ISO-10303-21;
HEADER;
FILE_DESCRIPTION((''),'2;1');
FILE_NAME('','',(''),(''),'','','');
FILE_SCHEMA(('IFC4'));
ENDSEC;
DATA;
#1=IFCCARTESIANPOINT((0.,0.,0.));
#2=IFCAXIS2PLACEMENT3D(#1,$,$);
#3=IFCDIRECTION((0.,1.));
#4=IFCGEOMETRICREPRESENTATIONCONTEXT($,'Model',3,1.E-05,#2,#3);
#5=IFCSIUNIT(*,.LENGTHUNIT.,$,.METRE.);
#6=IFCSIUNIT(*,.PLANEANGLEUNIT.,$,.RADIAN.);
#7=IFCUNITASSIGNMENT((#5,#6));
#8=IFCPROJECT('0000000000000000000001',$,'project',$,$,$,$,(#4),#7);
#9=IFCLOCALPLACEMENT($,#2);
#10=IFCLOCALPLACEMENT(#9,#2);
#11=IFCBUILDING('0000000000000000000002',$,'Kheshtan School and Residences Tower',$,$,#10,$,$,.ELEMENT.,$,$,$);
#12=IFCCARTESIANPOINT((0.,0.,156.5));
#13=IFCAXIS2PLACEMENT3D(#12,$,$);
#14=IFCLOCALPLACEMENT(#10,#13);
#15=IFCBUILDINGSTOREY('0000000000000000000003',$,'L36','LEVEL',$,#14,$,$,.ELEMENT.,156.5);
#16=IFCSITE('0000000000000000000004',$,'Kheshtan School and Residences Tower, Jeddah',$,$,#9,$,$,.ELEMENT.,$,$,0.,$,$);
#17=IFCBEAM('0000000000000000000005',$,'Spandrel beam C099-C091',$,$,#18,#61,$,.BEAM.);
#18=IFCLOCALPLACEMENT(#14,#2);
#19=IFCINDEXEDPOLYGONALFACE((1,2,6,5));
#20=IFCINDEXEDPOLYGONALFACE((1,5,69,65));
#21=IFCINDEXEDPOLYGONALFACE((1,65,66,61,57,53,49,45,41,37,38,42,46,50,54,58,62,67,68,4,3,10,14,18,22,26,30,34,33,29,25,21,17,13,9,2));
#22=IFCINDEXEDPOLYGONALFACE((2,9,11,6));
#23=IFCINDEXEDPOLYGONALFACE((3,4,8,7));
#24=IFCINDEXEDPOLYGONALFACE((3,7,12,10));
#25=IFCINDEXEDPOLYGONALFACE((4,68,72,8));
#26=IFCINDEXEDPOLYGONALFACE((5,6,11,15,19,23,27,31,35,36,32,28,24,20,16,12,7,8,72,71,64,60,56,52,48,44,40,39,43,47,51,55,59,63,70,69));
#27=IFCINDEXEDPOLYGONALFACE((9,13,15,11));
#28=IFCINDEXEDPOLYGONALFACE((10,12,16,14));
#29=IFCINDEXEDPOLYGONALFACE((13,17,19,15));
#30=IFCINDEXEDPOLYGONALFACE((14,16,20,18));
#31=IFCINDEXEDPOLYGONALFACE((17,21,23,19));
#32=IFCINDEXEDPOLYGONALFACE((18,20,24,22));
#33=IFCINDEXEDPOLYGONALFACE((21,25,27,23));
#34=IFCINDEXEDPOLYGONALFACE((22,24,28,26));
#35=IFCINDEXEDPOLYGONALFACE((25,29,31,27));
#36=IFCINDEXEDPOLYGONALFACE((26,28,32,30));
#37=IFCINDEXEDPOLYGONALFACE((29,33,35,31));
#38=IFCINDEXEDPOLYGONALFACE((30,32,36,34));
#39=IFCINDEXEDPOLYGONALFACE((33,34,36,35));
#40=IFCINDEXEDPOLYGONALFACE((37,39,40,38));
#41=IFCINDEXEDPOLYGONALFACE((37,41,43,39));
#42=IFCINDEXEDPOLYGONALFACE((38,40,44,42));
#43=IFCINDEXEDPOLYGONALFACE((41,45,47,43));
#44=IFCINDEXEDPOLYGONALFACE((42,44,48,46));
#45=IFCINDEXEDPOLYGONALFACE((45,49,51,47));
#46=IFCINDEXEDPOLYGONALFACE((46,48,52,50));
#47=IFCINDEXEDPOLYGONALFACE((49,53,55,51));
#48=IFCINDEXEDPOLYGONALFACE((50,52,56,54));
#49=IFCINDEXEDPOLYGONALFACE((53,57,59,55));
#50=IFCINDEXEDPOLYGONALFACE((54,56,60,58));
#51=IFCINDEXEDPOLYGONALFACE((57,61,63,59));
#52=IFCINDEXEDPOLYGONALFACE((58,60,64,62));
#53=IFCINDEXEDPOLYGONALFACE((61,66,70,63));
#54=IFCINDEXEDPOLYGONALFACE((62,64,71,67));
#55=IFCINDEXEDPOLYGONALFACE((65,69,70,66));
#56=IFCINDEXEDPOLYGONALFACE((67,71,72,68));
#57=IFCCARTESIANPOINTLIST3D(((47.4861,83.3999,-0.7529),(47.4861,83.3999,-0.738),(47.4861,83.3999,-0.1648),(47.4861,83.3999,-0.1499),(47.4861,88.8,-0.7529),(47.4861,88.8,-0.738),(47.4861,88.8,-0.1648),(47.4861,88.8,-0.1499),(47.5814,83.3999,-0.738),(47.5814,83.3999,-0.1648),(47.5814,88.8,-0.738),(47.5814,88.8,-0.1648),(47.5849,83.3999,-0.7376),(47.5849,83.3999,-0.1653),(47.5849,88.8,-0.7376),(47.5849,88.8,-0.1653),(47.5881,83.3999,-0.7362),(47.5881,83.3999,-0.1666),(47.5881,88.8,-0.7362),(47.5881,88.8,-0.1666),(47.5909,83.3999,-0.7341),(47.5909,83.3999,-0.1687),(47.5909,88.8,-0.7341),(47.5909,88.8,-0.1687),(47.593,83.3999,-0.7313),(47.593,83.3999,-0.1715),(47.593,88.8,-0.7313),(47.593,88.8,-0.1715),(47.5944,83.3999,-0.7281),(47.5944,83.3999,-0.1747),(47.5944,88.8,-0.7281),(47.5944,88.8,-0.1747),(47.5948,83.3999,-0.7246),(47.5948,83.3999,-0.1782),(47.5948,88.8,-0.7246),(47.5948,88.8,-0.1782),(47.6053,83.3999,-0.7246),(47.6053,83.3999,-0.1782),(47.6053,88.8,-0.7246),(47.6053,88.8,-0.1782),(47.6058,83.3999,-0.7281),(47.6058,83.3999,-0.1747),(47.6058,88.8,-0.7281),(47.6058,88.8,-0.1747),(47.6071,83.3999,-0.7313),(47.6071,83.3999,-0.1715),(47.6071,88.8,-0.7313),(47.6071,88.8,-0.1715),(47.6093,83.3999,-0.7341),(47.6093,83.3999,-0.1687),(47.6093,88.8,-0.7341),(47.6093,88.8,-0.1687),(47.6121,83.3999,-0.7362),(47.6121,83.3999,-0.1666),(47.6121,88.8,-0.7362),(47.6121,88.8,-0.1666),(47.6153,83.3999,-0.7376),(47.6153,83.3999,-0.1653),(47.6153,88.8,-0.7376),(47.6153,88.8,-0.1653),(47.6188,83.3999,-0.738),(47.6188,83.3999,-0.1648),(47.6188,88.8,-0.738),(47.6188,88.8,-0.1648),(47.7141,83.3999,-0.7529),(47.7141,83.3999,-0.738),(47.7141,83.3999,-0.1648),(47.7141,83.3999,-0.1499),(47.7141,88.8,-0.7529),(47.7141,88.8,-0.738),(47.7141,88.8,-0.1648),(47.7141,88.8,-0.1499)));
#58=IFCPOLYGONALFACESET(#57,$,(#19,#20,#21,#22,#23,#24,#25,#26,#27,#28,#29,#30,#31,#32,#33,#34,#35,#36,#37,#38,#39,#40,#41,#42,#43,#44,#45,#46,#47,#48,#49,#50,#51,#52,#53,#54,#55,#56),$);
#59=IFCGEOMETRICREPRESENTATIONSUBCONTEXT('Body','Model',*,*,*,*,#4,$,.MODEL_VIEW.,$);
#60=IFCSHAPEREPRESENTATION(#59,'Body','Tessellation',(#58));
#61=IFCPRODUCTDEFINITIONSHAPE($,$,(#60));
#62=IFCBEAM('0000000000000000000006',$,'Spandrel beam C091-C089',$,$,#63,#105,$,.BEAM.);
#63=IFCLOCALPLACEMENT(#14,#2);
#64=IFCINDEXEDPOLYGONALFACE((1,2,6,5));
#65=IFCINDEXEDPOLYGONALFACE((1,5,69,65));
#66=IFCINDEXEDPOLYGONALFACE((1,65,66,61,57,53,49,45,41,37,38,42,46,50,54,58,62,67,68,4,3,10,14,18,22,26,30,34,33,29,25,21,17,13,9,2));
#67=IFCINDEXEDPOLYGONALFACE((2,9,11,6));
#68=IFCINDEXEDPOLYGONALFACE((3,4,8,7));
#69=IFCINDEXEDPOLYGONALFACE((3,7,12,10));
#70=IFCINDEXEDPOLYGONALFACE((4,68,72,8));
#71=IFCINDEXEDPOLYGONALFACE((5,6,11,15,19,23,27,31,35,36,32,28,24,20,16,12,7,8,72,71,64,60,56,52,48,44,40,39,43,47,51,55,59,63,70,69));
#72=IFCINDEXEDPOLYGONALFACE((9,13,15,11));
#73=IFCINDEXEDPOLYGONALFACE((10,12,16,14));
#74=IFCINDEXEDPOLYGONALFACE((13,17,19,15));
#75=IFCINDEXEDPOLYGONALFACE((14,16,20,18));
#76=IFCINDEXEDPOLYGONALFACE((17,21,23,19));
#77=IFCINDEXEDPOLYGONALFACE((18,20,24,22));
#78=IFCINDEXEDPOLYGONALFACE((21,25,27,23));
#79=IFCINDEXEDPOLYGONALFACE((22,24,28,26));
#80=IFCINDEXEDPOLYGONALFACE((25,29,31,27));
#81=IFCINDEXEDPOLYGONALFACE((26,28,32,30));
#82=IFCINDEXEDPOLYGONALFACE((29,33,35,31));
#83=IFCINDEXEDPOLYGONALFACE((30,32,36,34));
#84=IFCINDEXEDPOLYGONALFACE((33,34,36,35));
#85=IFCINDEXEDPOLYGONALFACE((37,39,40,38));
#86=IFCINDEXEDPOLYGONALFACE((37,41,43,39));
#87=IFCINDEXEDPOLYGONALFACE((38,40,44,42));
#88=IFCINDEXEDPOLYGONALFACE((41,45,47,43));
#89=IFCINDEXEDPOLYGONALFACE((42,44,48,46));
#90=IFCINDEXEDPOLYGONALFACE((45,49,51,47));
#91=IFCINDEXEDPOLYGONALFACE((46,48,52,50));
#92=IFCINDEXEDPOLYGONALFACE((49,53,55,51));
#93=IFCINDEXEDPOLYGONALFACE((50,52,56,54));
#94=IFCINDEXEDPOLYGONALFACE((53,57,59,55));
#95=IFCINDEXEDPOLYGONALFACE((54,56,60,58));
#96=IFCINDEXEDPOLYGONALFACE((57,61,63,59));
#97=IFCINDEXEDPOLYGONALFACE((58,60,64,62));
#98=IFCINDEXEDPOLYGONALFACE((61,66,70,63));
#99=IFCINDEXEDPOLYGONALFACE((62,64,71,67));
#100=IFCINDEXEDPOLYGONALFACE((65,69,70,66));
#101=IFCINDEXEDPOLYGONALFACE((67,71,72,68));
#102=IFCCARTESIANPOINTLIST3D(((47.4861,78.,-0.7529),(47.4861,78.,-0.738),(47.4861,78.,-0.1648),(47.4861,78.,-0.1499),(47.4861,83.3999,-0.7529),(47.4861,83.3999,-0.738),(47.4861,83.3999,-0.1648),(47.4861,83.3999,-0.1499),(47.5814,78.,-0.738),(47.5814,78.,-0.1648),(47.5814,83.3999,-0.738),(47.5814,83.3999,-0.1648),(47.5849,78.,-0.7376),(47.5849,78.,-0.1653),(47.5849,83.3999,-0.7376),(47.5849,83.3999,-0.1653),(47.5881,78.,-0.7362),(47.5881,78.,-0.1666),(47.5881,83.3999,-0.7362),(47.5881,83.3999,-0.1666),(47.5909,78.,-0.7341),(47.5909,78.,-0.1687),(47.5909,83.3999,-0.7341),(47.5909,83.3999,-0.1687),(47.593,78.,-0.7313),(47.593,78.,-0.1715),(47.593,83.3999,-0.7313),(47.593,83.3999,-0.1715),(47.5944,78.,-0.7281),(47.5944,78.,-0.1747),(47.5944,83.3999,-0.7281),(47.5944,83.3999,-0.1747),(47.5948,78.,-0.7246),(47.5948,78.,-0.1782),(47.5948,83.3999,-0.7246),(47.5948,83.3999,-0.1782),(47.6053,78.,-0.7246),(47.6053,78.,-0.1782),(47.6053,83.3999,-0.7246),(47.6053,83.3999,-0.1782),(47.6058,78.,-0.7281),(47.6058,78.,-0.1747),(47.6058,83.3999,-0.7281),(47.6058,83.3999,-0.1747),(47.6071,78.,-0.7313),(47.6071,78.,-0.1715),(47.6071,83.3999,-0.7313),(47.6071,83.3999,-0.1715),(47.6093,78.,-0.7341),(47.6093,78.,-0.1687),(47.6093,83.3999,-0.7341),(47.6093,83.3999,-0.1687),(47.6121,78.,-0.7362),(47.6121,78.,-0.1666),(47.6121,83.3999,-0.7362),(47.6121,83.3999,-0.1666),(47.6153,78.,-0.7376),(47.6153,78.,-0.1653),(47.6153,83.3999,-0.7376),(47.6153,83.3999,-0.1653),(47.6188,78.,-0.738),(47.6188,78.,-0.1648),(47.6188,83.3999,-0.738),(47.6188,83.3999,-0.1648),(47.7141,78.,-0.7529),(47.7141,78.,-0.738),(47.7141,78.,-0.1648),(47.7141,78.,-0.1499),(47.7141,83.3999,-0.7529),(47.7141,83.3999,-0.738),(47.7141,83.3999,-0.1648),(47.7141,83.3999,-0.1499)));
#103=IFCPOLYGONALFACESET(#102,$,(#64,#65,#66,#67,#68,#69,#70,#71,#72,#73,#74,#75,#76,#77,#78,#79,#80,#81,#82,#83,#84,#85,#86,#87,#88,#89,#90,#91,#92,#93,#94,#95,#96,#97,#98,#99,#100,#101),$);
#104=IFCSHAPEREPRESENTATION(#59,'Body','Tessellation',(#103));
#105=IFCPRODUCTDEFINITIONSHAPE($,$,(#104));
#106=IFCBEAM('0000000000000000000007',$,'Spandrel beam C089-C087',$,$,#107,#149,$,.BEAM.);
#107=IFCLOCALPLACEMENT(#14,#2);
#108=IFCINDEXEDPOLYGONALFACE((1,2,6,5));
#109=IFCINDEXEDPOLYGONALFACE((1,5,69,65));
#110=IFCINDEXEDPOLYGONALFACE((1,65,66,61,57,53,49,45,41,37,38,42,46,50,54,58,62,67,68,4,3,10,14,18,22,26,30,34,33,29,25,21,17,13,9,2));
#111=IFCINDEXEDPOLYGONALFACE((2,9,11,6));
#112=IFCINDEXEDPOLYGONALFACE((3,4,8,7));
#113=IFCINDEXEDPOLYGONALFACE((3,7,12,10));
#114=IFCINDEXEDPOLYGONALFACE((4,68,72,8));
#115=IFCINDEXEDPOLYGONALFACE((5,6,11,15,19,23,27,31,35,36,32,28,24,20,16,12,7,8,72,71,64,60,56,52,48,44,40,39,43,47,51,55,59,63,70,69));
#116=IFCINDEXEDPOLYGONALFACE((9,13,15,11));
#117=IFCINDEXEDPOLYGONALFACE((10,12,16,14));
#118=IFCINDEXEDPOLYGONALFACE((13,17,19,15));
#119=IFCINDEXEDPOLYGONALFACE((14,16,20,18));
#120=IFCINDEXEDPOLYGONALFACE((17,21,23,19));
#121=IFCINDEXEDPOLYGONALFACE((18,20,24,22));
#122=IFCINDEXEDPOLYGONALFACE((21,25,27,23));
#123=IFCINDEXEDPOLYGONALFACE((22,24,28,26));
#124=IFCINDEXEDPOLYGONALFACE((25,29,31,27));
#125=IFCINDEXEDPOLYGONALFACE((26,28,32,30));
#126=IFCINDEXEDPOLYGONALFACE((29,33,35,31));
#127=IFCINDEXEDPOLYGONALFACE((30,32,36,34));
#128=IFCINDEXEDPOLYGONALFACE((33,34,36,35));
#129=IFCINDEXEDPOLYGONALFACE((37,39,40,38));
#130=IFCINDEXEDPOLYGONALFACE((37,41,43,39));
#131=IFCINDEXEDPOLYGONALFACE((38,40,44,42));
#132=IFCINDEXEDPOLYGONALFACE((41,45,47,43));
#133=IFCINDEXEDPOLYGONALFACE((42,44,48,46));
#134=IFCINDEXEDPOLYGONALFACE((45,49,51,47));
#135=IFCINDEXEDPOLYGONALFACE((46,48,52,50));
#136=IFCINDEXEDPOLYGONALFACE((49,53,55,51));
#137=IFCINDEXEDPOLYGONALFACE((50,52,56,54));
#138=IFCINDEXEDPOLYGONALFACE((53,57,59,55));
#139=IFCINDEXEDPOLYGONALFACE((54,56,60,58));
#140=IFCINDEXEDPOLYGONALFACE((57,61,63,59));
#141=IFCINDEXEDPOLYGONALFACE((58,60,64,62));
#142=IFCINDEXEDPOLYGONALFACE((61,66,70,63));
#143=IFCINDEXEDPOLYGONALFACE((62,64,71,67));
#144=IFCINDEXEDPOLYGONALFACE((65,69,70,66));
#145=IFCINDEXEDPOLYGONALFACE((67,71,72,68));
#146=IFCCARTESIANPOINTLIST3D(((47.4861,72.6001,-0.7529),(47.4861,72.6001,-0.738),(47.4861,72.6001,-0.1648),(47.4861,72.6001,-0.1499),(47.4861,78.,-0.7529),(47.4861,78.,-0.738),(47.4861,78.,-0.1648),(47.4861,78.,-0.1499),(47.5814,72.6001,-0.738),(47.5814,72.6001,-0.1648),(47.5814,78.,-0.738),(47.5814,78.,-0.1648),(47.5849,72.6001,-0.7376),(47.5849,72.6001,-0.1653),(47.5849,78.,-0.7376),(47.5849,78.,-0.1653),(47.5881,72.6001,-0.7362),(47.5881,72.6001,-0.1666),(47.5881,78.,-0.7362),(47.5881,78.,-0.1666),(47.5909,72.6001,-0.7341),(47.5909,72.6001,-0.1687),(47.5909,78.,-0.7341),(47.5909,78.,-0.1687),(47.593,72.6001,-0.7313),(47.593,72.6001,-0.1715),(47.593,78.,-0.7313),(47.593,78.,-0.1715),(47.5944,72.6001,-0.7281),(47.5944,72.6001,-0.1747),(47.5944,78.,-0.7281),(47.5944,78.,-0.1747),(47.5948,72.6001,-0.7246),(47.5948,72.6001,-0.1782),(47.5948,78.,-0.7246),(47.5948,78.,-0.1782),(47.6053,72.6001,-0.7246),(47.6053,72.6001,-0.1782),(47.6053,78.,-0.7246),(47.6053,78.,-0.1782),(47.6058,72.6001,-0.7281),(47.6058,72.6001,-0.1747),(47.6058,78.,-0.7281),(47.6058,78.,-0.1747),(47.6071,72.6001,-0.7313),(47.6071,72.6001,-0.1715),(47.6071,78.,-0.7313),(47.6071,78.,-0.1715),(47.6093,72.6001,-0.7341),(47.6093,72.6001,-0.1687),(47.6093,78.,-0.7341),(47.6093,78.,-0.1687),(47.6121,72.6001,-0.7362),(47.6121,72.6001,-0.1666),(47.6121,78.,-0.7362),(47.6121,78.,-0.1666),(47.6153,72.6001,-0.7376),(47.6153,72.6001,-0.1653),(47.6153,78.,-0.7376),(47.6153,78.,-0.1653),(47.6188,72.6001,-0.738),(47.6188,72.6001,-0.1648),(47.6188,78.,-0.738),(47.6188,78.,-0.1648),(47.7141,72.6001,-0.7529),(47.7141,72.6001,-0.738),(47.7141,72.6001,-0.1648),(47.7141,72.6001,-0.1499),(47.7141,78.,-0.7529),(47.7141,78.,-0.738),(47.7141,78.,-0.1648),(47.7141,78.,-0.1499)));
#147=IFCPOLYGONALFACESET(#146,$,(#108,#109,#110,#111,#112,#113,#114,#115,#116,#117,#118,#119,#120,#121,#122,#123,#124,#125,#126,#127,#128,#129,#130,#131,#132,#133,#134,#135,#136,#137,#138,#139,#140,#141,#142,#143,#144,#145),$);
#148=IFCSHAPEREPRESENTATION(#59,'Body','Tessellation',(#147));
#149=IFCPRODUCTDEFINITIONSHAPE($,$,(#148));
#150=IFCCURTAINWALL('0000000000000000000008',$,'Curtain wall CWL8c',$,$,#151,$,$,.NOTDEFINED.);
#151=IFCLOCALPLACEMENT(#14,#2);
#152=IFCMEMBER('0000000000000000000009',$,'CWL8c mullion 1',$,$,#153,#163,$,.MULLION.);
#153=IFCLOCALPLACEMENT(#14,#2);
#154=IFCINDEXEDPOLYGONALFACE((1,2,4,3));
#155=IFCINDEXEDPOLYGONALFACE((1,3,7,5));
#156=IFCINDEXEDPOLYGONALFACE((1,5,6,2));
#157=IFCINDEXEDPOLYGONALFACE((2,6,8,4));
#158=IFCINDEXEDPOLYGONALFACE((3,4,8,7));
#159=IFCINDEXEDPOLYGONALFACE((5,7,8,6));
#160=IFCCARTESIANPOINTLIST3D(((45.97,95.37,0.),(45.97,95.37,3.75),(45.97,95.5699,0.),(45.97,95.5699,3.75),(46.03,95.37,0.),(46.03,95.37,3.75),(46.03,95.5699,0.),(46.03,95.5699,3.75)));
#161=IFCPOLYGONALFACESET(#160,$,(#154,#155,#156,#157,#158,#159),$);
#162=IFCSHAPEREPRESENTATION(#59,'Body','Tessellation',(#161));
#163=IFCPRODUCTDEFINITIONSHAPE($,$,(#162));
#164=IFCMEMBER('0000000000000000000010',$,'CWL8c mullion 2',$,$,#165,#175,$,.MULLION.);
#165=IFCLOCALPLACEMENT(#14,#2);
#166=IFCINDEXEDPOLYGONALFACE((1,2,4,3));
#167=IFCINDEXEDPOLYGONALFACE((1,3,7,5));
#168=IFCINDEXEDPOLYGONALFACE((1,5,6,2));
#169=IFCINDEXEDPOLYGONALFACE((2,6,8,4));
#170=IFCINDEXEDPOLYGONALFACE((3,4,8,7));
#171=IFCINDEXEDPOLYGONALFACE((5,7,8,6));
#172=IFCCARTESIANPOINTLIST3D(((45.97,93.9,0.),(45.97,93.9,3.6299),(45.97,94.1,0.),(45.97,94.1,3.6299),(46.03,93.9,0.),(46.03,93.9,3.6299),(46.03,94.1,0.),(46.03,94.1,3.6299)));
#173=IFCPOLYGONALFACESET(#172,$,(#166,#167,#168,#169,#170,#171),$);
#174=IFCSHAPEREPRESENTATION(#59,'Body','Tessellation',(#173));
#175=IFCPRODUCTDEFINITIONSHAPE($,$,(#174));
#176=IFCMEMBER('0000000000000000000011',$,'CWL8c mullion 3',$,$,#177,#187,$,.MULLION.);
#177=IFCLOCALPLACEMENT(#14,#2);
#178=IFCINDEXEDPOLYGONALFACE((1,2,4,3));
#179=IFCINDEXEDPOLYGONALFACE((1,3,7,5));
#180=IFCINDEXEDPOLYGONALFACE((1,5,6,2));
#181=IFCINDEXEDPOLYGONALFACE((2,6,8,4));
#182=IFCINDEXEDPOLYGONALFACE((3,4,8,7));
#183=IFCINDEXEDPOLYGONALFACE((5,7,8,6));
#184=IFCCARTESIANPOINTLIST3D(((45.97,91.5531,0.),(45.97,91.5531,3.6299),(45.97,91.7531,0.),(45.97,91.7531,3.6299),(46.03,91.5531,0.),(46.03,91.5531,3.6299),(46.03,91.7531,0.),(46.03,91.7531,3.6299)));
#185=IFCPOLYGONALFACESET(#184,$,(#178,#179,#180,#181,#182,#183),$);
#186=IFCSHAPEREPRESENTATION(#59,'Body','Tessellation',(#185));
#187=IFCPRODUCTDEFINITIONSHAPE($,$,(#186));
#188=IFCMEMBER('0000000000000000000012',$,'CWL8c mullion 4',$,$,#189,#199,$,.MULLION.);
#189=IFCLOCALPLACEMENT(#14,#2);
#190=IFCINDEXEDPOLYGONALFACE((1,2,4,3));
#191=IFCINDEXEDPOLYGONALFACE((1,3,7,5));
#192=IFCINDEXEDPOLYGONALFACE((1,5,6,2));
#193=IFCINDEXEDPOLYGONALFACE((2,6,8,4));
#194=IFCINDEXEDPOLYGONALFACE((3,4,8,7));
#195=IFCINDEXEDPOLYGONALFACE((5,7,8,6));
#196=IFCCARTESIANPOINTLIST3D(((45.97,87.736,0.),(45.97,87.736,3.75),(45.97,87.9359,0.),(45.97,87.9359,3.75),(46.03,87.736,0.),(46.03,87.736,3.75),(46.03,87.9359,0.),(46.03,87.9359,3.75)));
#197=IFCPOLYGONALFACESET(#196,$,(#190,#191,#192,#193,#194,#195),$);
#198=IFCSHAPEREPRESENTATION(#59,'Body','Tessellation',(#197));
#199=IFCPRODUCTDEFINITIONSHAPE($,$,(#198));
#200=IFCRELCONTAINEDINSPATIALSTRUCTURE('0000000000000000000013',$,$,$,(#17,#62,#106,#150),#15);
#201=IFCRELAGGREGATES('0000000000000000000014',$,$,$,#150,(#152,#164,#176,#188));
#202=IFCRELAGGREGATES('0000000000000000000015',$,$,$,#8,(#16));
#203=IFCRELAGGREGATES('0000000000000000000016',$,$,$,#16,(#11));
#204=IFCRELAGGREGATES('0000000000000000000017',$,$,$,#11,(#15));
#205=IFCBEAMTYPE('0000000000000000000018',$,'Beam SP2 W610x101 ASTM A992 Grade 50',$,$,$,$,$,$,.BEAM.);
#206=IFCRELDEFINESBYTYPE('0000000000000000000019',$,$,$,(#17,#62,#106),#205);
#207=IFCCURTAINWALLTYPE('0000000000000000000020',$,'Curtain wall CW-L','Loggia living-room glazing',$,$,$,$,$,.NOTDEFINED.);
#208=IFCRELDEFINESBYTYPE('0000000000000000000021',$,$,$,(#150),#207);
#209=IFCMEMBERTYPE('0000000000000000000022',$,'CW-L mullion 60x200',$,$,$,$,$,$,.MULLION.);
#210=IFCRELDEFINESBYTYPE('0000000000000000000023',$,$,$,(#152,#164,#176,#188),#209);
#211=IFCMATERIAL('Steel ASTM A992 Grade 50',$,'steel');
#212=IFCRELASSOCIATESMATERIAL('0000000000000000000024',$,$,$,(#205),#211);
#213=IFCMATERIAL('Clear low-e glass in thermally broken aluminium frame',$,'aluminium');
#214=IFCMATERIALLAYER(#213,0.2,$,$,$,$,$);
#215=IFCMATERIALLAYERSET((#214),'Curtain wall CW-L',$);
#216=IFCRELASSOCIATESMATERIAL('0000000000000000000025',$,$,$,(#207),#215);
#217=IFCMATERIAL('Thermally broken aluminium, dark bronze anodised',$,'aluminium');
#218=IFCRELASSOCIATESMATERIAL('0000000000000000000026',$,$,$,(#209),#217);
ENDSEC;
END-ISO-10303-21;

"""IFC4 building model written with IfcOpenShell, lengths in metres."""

from ifc_helpers import new_model, si_unit, direction, frame, origin, origin_2d, place, context, subcontext, project, spatial, rectangle, i_section, extrude, material, layer, layer_set, material_profile, profile_set, type_object, element, aggregate, save


model = new_model("IFC4")

# Units and contexts
model_context = context("Model", 3, precision=1e-05, world=origin(), true_north=direction((0.0, 1.0)))
body_context = subcontext(model_context, "Body", "Model", "MODEL_VIEW")
ifc_project = project(units=[si_unit("LENGTHUNIT", "METRE"), si_unit("PLANEANGLEUNIT", "RADIAN")], contexts=[model_context])

# Site, building, storey
site_placement = place(None, origin())
site = spatial("IfcSite", under=ifc_project, at=site_placement, Name="Kheshtan School and Residences Tower, Jeddah", CompositionType="ELEMENT", RefElevation=0.0)
building_placement = place(site_placement, origin())
building = spatial("IfcBuilding", under=site, at=building_placement, Name="Kheshtan School and Residences Tower", CompositionType="ELEMENT")
storey_placement = place(building_placement, frame((0.0, 0.0, 156.5)))
storey = spatial("IfcBuildingStorey", under=building, at=storey_placement, Name="L36", Description="LEVEL", CompositionType="ELEMENT", Elevation=156.5)

# Shared definitions
ifc_material_1 = material(Name="Steel ASTM A992 Grade 50", Category="steel")

# Beams
ifc_material_profile_1 = material_profile(ifc_material_1, i_section(OverallWidth=0.228, OverallDepth=0.603, WebThickness=0.0105, FlangeThickness=0.0149, FilletRadius=0.0134, at=origin_2d()), Name="W610x101")
ifc_profile_set_1 = profile_set([ifc_material_profile_1], Name="Steel ASTM A992 Grade 50")
beam_type_1 = type_object("IfcBeamType", Name="Beam SP2 W610x101 ASTM A992 Grade 50", PredefinedType="BEAM", material=ifc_profile_set_1)
beam_1_placement = place(storey_placement, frame((47.6001, 88.8, -0.4514), z_axis=(0.0, -1.0, 0.0), x_axis=(1.0, 0.0, 0.0)))
element("IfcBeam", 1, at=beam_1_placement, inside=storey, type_object=beam_type_1, Name="Spandrel beam C099-C091", PredefinedType="BEAM", context=body_context, shape_type="SweptSolid", body=[
    extrude(i_section(OverallWidth=0.228, OverallDepth=0.603, WebThickness=0.0105, FlangeThickness=0.0149, FilletRadius=0.0134, at=origin_2d()), origin(), (0.0, 0.0, 1.0), 5.4001),
])
for number, where, z_axis, x_axis, name in (
    (2, (47.6001, 83.3999, -0.4514), (0.0, -1.0, 0.0), (1.0, 0.0, 0.0), "Spandrel beam C091-C089"),
    (3, (47.6001, 78.0, -0.4514), (0.0, -1.0, 0.0), (1.0, 0.0, 0.0), "Spandrel beam C089-C087"),
):
    element("IfcBeam", number, at=place(storey_placement, frame(where, z_axis=z_axis, x_axis=x_axis)), inside=storey, type_object=beam_type_1, Name=name, PredefinedType="BEAM", context=body_context, shape_type="SweptSolid", body=[
        extrude(i_section(OverallWidth=0.228, OverallDepth=0.603, WebThickness=0.0105, FlangeThickness=0.0149, FilletRadius=0.0134, at=origin_2d()), origin(), (0.0, 0.0, 1.0), 5.3999),
    ])

# Curtain wall, members
ifc_material_2 = material(Name="Clear low-e glass in thermally broken aluminium frame", Category="aluminium")
ifc_layer_1 = layer(ifc_material_2, 0.2)
ifc_layer_set_1 = layer_set([ifc_layer_1], Name="Curtain wall CW-L")
curtain_wall_type = type_object("IfcCurtainWallType", Name="Curtain wall CW-L", Description="Loggia living-room glazing", PredefinedType="NOTDEFINED", material=ifc_layer_set_1)
curtain_wall_1_placement = place(storey_placement, origin())
curtain_wall_1 = element("IfcCurtainWall", 4, at=curtain_wall_1_placement, inside=storey, type_object=curtain_wall_type, Name="Curtain wall CWL8c", PredefinedType="NOTDEFINED")
ifc_material_3 = material(Name="Thermally broken aluminium, dark bronze anodised", Category="aluminium")
ifc_material_profile_2 = material_profile(ifc_material_3, rectangle(XDim=0.0601, YDim=0.2, at=origin_2d()), Name="CW-L mullion 60x200")
ifc_profile_set_2 = profile_set([ifc_material_profile_2], Name="Thermally broken aluminium, dark bronze anodised")
member_type_1 = type_object("IfcMemberType", Name="CW-L mullion 60x200", PredefinedType="MULLION", material=ifc_profile_set_2)
member_1_placement = place(storey_placement, frame((46.0, 95.47, 0.0), z_axis=(0.0, 0.0, 1.0), x_axis=(1.0, 0.0, 0.0)))
member_1 = element("IfcMember", 5, at=member_1_placement, type_object=member_type_1, Name="CWL8c mullion 1", PredefinedType="MULLION", context=body_context, shape_type="SweptSolid", body=[
    extrude(rectangle(XDim=0.0601, YDim=0.2, at=origin_2d()), origin(), (0.0, 0.0, 1.0), 3.75),
])
member_2_placement = place(storey_placement, frame((46.0, 94.0, 0.0), z_axis=(0.0, 0.0, 1.0), x_axis=(1.0, 0.0, 0.0)))
member_2 = element("IfcMember", 6, at=member_2_placement, type_object=member_type_1, Name="CWL8c mullion 2", PredefinedType="MULLION", context=body_context, shape_type="SweptSolid", body=[
    extrude(rectangle(XDim=0.0601, YDim=0.2, at=origin_2d()), origin(), (0.0, 0.0, 1.0), 3.6299),
])
member_3_placement = place(storey_placement, frame((46.0, 91.6531, 0.0), z_axis=(0.0, 0.0, 1.0), x_axis=(1.0, 0.0, 0.0)))
member_3 = element("IfcMember", 7, at=member_3_placement, type_object=member_type_1, Name="CWL8c mullion 3", PredefinedType="MULLION", context=body_context, shape_type="SweptSolid", body=[
    extrude(rectangle(XDim=0.0601, YDim=0.2, at=origin_2d()), origin(), (0.0, 0.0, 1.0), 3.6299),
])
member_4_placement = place(storey_placement, frame((46.0, 87.8359, 0.0), z_axis=(0.0, 0.0, 1.0), x_axis=(1.0, 0.0, 0.0)))
member_4 = element("IfcMember", 8, at=member_4_placement, type_object=member_type_1, Name="CWL8c mullion 4", PredefinedType="MULLION", context=body_context, shape_type="SweptSolid", body=[
    extrude(rectangle(XDim=0.0601, YDim=0.2, at=origin_2d()), origin(), (0.0, 0.0, 1.0), 3.75),
])

aggregate(curtain_wall_1, [member_1, member_2, member_3, member_4])

save(model, "model.ifc")
